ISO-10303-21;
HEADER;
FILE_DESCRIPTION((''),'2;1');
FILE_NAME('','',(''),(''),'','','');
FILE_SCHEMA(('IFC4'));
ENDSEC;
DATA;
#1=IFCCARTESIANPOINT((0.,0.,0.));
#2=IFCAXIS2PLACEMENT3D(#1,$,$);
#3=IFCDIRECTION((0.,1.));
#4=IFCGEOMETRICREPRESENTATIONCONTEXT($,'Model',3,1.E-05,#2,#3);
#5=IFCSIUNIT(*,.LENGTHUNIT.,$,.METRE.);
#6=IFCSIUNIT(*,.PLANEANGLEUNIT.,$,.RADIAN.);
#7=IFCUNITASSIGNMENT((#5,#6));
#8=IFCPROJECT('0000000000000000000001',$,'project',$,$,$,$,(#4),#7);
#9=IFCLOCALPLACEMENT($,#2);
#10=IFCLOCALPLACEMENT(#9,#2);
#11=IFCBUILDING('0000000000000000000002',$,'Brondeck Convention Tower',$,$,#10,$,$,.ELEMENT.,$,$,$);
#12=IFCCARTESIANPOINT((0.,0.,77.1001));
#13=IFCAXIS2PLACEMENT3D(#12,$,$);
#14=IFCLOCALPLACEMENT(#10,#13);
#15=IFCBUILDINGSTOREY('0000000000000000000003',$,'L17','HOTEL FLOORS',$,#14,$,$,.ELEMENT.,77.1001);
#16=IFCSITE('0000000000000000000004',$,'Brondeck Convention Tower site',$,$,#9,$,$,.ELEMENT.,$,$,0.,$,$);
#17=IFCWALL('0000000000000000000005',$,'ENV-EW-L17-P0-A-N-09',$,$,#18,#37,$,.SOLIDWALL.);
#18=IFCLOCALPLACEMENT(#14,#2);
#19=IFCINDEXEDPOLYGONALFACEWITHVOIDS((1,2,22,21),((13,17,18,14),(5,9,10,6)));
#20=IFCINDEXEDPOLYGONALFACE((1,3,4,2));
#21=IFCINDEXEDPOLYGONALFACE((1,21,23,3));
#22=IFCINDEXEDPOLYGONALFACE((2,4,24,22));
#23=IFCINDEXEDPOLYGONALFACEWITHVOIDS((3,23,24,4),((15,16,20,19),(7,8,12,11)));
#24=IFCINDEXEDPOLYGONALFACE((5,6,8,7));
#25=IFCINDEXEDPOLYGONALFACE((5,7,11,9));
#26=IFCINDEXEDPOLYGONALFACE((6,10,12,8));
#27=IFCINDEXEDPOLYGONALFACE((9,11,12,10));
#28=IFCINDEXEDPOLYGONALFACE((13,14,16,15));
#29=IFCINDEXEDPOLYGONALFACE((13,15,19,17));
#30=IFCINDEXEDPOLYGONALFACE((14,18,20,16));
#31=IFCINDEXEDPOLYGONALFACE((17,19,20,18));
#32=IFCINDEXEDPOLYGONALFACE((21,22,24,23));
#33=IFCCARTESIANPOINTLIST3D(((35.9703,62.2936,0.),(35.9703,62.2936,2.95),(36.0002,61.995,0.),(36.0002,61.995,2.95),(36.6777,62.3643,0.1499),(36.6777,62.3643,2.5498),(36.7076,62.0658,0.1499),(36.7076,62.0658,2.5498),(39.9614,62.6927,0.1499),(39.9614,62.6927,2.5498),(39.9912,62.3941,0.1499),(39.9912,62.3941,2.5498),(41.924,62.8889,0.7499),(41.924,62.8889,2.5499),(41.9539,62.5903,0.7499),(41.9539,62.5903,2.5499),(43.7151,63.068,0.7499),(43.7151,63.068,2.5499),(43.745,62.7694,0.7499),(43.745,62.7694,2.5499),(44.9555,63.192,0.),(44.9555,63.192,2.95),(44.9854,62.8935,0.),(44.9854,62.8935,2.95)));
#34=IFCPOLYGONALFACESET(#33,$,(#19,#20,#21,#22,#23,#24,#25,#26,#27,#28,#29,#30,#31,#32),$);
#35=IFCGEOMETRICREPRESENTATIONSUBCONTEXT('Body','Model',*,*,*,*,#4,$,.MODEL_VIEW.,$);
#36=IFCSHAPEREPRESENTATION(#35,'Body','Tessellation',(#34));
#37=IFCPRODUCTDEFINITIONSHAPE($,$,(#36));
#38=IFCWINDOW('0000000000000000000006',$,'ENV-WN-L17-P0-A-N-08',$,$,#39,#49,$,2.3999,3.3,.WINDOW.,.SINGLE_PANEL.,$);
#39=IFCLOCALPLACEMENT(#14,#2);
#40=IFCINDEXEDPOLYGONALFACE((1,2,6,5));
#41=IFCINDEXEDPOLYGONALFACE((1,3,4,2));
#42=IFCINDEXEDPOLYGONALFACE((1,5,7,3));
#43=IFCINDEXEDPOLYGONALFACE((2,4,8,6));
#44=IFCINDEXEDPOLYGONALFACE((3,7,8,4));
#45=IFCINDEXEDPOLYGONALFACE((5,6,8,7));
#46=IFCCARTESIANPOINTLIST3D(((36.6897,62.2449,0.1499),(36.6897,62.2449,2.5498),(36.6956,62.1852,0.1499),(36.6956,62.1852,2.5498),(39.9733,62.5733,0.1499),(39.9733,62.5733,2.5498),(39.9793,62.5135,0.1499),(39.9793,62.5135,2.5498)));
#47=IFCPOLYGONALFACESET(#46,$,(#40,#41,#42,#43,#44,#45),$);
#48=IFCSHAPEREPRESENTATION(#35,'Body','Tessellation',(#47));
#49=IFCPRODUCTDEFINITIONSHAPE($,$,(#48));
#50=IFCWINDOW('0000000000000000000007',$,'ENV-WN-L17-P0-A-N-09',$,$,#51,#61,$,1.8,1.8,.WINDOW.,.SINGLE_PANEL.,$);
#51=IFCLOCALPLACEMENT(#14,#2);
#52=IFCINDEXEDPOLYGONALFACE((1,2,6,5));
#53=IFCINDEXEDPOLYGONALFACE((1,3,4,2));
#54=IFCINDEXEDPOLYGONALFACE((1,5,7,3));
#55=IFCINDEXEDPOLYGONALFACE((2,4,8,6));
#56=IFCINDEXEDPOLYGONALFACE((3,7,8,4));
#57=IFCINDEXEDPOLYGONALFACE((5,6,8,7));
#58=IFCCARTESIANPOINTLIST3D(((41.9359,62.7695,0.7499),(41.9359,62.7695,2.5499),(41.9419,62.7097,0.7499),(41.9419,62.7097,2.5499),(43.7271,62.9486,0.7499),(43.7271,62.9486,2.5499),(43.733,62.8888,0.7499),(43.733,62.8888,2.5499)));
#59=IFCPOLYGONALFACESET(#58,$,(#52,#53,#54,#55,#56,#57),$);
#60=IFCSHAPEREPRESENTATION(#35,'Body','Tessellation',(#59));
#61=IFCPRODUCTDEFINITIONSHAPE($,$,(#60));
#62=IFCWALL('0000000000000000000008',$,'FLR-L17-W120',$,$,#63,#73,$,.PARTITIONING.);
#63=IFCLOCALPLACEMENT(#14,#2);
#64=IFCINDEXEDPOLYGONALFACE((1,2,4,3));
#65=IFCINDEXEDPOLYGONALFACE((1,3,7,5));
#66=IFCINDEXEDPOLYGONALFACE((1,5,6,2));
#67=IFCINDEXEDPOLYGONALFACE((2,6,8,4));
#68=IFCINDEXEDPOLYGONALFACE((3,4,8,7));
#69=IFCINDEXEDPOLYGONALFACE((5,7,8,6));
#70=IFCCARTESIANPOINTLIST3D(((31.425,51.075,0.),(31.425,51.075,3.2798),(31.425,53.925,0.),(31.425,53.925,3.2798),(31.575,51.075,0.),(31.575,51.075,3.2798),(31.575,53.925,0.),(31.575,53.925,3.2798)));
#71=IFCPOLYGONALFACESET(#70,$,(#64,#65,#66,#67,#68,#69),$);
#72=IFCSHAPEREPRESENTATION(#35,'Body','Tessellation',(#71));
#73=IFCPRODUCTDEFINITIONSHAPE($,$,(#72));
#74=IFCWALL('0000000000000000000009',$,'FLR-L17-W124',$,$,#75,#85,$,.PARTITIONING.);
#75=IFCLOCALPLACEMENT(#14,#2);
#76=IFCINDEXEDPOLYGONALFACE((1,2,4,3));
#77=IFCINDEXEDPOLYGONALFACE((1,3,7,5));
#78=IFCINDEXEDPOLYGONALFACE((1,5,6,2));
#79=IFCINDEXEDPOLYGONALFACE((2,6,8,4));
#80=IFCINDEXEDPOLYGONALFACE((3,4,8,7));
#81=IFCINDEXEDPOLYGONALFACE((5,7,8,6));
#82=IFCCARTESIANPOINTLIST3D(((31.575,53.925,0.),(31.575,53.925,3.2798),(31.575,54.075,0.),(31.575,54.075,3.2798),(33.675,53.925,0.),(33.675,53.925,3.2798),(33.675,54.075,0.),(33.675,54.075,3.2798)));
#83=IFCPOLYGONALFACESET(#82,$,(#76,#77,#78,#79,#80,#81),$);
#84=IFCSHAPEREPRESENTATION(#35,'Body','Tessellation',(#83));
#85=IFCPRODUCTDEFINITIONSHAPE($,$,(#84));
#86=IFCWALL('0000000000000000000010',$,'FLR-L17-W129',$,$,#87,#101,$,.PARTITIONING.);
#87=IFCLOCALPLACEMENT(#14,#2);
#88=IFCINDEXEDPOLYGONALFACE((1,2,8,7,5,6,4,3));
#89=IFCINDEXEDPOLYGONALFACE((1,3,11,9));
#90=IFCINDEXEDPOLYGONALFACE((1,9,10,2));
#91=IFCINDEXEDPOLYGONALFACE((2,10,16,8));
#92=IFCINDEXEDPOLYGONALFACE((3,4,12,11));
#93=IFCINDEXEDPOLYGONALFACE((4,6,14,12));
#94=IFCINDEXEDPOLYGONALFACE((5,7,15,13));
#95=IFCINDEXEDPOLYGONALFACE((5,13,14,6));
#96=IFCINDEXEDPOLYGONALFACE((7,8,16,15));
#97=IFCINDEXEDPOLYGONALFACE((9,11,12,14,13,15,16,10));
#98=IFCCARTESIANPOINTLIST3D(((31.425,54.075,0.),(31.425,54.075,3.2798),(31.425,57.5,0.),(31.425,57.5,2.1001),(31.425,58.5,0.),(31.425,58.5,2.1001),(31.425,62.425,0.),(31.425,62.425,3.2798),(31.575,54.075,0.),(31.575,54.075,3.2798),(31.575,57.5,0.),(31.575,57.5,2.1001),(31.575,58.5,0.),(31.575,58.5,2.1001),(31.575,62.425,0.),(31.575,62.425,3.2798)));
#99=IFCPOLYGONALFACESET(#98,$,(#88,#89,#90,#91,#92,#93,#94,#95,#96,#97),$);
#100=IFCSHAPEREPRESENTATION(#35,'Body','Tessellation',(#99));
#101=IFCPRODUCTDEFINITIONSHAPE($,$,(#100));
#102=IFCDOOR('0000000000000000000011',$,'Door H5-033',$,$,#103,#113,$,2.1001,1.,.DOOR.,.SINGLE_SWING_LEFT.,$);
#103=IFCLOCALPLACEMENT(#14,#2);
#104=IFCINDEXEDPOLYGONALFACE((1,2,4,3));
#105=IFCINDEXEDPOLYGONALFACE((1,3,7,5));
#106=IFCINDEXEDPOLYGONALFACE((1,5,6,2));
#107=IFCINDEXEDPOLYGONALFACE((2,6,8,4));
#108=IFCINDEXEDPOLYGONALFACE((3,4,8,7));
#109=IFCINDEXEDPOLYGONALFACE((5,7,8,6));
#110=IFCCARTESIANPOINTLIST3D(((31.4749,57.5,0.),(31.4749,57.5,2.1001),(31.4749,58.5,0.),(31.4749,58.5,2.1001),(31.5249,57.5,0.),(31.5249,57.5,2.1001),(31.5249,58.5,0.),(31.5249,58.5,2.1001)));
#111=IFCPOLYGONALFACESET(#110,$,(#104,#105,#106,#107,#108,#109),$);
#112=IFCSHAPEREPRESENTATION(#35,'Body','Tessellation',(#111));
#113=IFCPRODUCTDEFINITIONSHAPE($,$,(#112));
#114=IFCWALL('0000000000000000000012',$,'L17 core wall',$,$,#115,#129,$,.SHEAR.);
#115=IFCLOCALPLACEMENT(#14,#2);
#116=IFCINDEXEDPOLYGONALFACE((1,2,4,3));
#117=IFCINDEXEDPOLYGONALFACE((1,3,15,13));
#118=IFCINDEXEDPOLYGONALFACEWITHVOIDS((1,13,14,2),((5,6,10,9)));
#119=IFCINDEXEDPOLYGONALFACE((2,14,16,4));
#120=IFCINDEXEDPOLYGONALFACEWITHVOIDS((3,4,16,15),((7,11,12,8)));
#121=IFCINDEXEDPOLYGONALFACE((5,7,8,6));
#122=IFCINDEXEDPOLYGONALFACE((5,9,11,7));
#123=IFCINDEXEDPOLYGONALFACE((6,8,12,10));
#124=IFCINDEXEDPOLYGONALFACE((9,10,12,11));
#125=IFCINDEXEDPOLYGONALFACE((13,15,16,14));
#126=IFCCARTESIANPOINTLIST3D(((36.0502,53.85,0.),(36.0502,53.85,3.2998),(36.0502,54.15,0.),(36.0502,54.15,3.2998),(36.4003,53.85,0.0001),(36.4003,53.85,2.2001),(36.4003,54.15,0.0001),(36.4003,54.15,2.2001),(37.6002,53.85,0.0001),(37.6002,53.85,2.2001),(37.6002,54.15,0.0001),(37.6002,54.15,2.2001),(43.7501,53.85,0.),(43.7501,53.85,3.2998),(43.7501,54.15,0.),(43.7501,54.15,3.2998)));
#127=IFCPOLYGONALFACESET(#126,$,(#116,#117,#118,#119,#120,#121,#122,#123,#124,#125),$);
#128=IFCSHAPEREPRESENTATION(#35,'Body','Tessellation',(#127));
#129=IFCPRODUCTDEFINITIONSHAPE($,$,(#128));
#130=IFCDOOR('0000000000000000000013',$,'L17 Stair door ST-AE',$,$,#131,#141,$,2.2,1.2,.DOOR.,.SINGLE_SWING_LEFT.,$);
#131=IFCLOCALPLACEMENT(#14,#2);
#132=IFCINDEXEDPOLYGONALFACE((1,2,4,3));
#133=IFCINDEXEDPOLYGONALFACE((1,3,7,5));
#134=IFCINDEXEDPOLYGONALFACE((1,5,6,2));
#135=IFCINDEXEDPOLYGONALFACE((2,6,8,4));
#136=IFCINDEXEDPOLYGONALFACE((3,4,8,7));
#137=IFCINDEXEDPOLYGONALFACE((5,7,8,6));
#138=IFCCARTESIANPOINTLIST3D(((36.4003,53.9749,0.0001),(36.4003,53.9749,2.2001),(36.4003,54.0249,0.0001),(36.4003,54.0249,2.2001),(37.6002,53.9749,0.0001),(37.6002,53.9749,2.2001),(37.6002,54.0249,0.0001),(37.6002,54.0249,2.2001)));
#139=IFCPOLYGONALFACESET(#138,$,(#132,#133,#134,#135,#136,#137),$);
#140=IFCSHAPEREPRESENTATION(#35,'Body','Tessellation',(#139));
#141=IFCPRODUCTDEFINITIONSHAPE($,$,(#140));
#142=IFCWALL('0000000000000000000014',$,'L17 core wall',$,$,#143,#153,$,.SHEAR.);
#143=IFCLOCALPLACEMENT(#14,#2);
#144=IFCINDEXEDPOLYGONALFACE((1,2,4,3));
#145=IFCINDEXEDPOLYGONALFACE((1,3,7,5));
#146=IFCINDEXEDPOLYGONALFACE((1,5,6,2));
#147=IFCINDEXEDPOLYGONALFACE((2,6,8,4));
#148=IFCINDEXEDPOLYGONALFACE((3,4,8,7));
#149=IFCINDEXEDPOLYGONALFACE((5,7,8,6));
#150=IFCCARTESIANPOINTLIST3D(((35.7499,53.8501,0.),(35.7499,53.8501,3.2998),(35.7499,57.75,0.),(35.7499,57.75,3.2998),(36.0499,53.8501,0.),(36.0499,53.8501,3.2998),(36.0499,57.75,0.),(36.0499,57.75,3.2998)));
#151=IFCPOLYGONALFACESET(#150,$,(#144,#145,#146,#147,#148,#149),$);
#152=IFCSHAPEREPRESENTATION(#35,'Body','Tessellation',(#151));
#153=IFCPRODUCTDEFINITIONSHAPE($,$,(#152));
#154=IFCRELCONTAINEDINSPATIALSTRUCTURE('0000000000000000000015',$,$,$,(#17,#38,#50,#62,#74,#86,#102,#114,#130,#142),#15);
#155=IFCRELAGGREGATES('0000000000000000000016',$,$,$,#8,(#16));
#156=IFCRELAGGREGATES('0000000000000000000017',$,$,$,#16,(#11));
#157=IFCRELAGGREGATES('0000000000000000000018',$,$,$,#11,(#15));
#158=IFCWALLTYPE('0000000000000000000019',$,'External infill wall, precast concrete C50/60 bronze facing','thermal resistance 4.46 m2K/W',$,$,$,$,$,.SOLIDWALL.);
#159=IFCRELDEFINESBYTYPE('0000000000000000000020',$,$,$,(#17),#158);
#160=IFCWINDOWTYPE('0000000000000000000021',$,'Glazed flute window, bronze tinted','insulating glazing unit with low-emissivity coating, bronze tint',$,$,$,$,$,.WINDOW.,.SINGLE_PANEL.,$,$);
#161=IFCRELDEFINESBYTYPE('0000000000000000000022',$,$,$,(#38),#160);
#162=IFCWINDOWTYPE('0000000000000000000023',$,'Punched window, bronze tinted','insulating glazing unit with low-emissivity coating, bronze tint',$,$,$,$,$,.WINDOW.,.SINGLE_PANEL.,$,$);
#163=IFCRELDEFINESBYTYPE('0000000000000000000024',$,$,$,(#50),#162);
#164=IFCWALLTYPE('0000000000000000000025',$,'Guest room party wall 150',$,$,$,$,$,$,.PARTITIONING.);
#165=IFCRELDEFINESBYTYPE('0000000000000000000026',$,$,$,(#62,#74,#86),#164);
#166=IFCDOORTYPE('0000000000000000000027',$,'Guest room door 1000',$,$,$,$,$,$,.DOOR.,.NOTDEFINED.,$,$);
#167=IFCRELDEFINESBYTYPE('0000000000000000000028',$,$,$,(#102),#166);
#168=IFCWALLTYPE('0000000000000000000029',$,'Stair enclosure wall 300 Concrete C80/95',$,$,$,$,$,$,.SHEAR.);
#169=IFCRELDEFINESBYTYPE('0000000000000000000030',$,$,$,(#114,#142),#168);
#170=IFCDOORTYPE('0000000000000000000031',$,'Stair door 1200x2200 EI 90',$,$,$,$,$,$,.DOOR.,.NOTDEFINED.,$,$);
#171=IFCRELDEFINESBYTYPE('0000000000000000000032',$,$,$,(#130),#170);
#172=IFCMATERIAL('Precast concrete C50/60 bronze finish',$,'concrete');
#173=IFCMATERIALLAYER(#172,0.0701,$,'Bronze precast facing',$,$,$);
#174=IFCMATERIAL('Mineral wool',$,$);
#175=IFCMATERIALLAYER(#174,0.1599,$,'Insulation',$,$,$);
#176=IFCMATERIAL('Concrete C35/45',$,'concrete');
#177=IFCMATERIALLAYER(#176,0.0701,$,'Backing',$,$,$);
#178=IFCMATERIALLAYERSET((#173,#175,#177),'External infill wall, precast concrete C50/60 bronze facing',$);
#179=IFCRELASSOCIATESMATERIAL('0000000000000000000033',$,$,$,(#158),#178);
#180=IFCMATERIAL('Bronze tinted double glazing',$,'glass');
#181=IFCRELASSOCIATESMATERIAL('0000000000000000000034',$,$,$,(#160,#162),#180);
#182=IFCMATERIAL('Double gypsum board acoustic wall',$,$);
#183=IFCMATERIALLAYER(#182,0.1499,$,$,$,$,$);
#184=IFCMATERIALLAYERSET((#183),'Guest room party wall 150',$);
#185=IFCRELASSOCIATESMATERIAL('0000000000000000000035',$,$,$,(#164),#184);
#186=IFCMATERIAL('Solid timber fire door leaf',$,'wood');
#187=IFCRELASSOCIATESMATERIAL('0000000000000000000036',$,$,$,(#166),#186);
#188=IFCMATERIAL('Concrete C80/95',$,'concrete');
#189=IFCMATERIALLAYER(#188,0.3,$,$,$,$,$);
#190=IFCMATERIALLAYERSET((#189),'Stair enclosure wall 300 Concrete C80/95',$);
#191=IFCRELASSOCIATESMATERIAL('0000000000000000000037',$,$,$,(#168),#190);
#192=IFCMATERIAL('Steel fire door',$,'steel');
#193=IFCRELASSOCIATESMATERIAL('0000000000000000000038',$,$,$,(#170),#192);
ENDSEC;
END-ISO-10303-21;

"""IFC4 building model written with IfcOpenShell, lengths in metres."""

from ifc_helpers import new_model, si_unit, direction, frame, frame_2d, origin, place, context, subcontext, project, spatial, rectangle, extrude, material, layer, layer_set, type_object, element, fill, save


model = new_model("IFC4")

# Units and contexts
model_context = context("Model", 3, precision=1e-05, world=origin(), true_north=direction((0.0, 1.0)))
body_context = subcontext(model_context, "Body", "Model", "MODEL_VIEW")
ifc_project = project(units=[si_unit("LENGTHUNIT", "METRE"), si_unit("PLANEANGLEUNIT", "RADIAN")], contexts=[model_context])

# Site, building, storey
site_placement = place(None, origin())
site = spatial("IfcSite", under=ifc_project, at=site_placement, Name="Brondeck Convention Tower site", CompositionType="ELEMENT", RefElevation=0.0)
building_placement = place(site_placement, origin())
building = spatial("IfcBuilding", under=site, at=building_placement, Name="Brondeck Convention Tower", CompositionType="ELEMENT")
storey_placement = place(building_placement, frame((0.0, 0.0, 77.1001)))
storey = spatial("IfcBuildingStorey", under=building, at=storey_placement, Name="L17", Description="HOTEL FLOORS", CompositionType="ELEMENT", Elevation=77.1001)

# Shared definitions
ifc_material_1 = material(Name="Concrete C80/95", Category="concrete")

# Wall, openings, windows
ifc_material_2 = material(Name="Precast concrete C50/60 bronze finish", Category="concrete")
ifc_layer_1 = layer(ifc_material_2, 0.0701, Name="Bronze precast facing")
ifc_material_3 = material(Name="Mineral wool")
ifc_layer_2 = layer(ifc_material_3, 0.1599, Name="Insulation")
ifc_material_4 = material(Name="Concrete C35/45", Category="concrete")
ifc_layer_3 = layer(ifc_material_4, 0.0701, Name="Backing")
ifc_layer_set_1 = layer_set([ifc_layer_1, ifc_layer_2, ifc_layer_3], Name="External infill wall, precast concrete C50/60 bronze facing")
wall_type_1 = type_object("IfcWallType", Name="External infill wall, precast concrete C50/60 bronze facing", Description="thermal resistance 4.46 m2K/W", PredefinedType="SOLIDWALL", material=ifc_layer_set_1)
wall_1_placement = place(storey_placement, frame((35.9851, 62.1443, 0.0), z_axis=(0.0, 0.0, 1.0), x_axis=(0.995038, 0.099496, 0.0)))
wall_1 = element("IfcWall", 1, at=wall_1_placement, inside=storey, type_object=wall_type_1, Name="ENV-EW-L17-P0-A-N-09", PredefinedType="SOLIDWALL", context=body_context, shape_type="SweptSolid", body=[
    extrude(rectangle(XDim=9.03, YDim=0.3, at=frame_2d((4.5151, 0.0))), origin(), (0.0, 0.0, 1.0), 2.95),
])
opening_1_placement = place(wall_1_placement, frame((0.7112, 0.0, 0.1499)))
opening_1 = element("IfcOpeningElement", 2, at=opening_1_placement, cuts=wall_1, PredefinedType="OPENING", context=body_context, shape_type="SweptSolid", body=[
    extrude(rectangle(XDim=3.3, YDim=2.3999, at=frame_2d((1.6499, 1.2))), frame((0.0, 0.1599, 0.0), z_axis=(0.0, -1.0, 0.0), x_axis=(1.0, 0.0, 0.0)), (0.0, 0.0, 1.0), 0.3201),
])
opening_2_placement = place(wall_1_placement, frame((5.9836, 0.0, 0.75)))
opening_2 = element("IfcOpeningElement", 3, at=opening_2_placement, cuts=wall_1, PredefinedType="OPENING", context=body_context, shape_type="SweptSolid", body=[
    extrude(rectangle(XDim=1.8, YDim=1.8, at=frame_2d((0.8999, 0.8999))), frame((0.0, 0.1599, 0.0), z_axis=(0.0, -1.0, 0.0), x_axis=(1.0, 0.0, 0.0)), (0.0, 0.0, 1.0), 0.3201),
])
ifc_material_5 = material(Name="Bronze tinted double glazing", Category="glass")
window_type_1 = type_object("IfcWindowType", Name="Glazed flute window, bronze tinted", Description="insulating glazing unit with low-emissivity coating, bronze tint", PartitioningType="SINGLE_PANEL", PredefinedType="WINDOW", material=ifc_material_5)
window_1_placement = place(opening_1_placement, origin())
window_1 = element("IfcWindow", 4, at=window_1_placement, inside=storey, type_object=window_type_1, Name="ENV-WN-L17-P0-A-N-08", OverallHeight=2.3999, OverallWidth=3.3, PartitioningType="SINGLE_PANEL", PredefinedType="WINDOW", context=body_context, shape_type="SweptSolid", body=[
    extrude(rectangle(XDim=3.3, YDim=2.3999, at=frame_2d((1.6499, 1.2))), frame((0.0, 0.03, 0.0), z_axis=(0.0, -1.0, 0.0), x_axis=(1.0, 0.0, 0.0)), (0.0, 0.0, 1.0), 0.0601),
])
fill(opening_1, window_1)
window_type_2 = type_object("IfcWindowType", Name="Punched window, bronze tinted", Description="insulating glazing unit with low-emissivity coating, bronze tint", PartitioningType="SINGLE_PANEL", PredefinedType="WINDOW", material=ifc_material_5)
window_2_placement = place(opening_2_placement, origin())
window_2 = element("IfcWindow", 5, at=window_2_placement, inside=storey, type_object=window_type_2, Name="ENV-WN-L17-P0-A-N-09", OverallHeight=1.8, OverallWidth=1.8, PartitioningType="SINGLE_PANEL", PredefinedType="WINDOW", context=body_context, shape_type="SweptSolid", body=[
    extrude(rectangle(XDim=1.8, YDim=1.8, at=frame_2d((0.8999, 0.8999))), frame((0.0, 0.03, 0.0), z_axis=(0.0, -1.0, 0.0), x_axis=(1.0, 0.0, 0.0)), (0.0, 0.0, 1.0), 0.0601),
])
fill(opening_2, window_2)

# Walls
ifc_material_6 = material(Name="Double gypsum board acoustic wall")
ifc_layer_4 = layer(ifc_material_6, 0.1499)
ifc_layer_set_2 = layer_set([ifc_layer_4], Name="Guest room party wall 150")
wall_type_2 = type_object("IfcWallType", Name="Guest room party wall 150", PredefinedType="PARTITIONING", material=ifc_layer_set_2)
wall_2_placement = place(storey_placement, frame((31.5, 53.925, 0.0), z_axis=(0.0, 0.0, 1.0), x_axis=(0.0, -1.0, 0.0)))
element("IfcWall", 6, at=wall_2_placement, inside=storey, type_object=wall_type_2, Name="FLR-L17-W120", PredefinedType="PARTITIONING", context=body_context, shape_type="SweptSolid", body=[
    extrude(rectangle(XDim=2.8501, YDim=0.1499, at=frame_2d((1.425, 0.0))), origin(), (0.0, 0.0, 1.0), 3.2798),
])
wall_3_placement = place(storey_placement, frame((33.675, 54.0, 0.0), z_axis=(0.0, 0.0, 1.0), x_axis=(-1.0, 0.0, 0.0)))
element("IfcWall", 7, at=wall_3_placement, inside=storey, type_object=wall_type_2, Name="FLR-L17-W124", PredefinedType="PARTITIONING", context=body_context, shape_type="SweptSolid", body=[
    extrude(rectangle(XDim=2.1001, YDim=0.1499, at=frame_2d((1.05, 0.0))), origin(), (0.0, 0.0, 1.0), 3.2798),
])

# Walls, openings, doors
wall_4_placement = place(storey_placement, frame((31.5, 62.425, 0.0), z_axis=(0.0, 0.0, 1.0), x_axis=(0.0, -1.0, 0.0)))
wall_4 = element("IfcWall", 8, at=wall_4_placement, inside=storey, type_object=wall_type_2, Name="FLR-L17-W129", PredefinedType="PARTITIONING", context=body_context, shape_type="SweptSolid", body=[
    extrude(rectangle(XDim=8.3501, YDim=0.1499, at=frame_2d((4.175, 0.0))), origin(), (0.0, 0.0, 1.0), 3.2798),
])
opening_3_placement = place(wall_4_placement, frame((3.925, 0.0, 0.0)))
opening_3 = element("IfcOpeningElement", 9, at=opening_3_placement, cuts=wall_4, PredefinedType="OPENING", context=body_context, shape_type="SweptSolid", body=[
    extrude(rectangle(XDim=1.0, YDim=2.1001, at=frame_2d((0.5, 1.05))), frame((0.0, 0.085, 0.0), z_axis=(0.0, -1.0, 0.0), x_axis=(1.0, 0.0, 0.0)), (0.0, 0.0, 1.0), 0.1699),
])
ifc_material_7 = material(Name="Solid timber fire door leaf", Category="wood")
door_type_1 = type_object("IfcDoorType", Name="Guest room door 1000", OperationType="NOTDEFINED", PredefinedType="DOOR", material=ifc_material_7)
door_1_placement = place(opening_3_placement, origin())
door_1 = element("IfcDoor", 10, at=door_1_placement, inside=storey, type_object=door_type_1, Name="Door H5-033", OperationType="SINGLE_SWING_LEFT", OverallHeight=2.1001, OverallWidth=1.0, PredefinedType="DOOR", context=body_context, shape_type="SweptSolid", body=[
    extrude(rectangle(XDim=1.0, YDim=2.1001, at=frame_2d((0.5, 1.05))), frame((0.0, 0.0249, 0.0), z_axis=(0.0, -1.0, 0.0), x_axis=(1.0, 0.0, 0.0)), (0.0, 0.0, 1.0), 0.05),
])
fill(opening_3, door_1)
ifc_layer_5 = layer(ifc_material_1, 0.3)
ifc_layer_set_3 = layer_set([ifc_layer_5], Name="Stair enclosure wall 300 Concrete C80/95")
wall_type_3 = type_object("IfcWallType", Name="Stair enclosure wall 300 Concrete C80/95", PredefinedType="SHEAR", material=ifc_layer_set_3)
wall_5_placement = place(storey_placement, frame((36.05, 54.0, 0.0), z_axis=(0.0, 0.0, 1.0), x_axis=(1.0, 0.0, 0.0)))
wall_5 = element("IfcWall", 11, at=wall_5_placement, inside=storey, type_object=wall_type_3, Name="L17 core wall", PredefinedType="SHEAR", context=body_context, shape_type="SweptSolid", body=[
    extrude(rectangle(XDim=7.7, YDim=0.3, at=frame_2d((3.8501, 0.0))), origin(), (0.0, 0.0, 1.0), 3.2998),
])
opening_4_placement = place(wall_5_placement, frame((0.3501, 0.0, 0.0)))
opening_4 = element("IfcOpeningElement", 12, at=opening_4_placement, cuts=wall_5, PredefinedType="OPENING", context=body_context, shape_type="SweptSolid", body=[
    extrude(rectangle(XDim=1.2, YDim=2.2, at=frame_2d((0.6001, 1.1001))), frame((0.0, 0.1599, 0.0), z_axis=(0.0, -1.0, 0.0), x_axis=(1.0, 0.0, 0.0)), (0.0, 0.0, 1.0), 0.3201),
])
ifc_material_8 = material(Name="Steel fire door", Category="steel")
door_type_2 = type_object("IfcDoorType", Name="Stair door 1200x2200 EI 90", OperationType="NOTDEFINED", PredefinedType="DOOR", material=ifc_material_8)
door_2_placement = place(opening_4_placement, origin())
door_2 = element("IfcDoor", 13, at=door_2_placement, inside=storey, type_object=door_type_2, Name="L17 Stair door ST-AE", OperationType="SINGLE_SWING_LEFT", OverallHeight=2.2, OverallWidth=1.2, PredefinedType="DOOR", context=body_context, shape_type="SweptSolid", body=[
    extrude(rectangle(XDim=1.2, YDim=2.2, at=frame_2d((0.6001, 1.1001))), frame((0.0, 0.0249, 0.0), z_axis=(0.0, -1.0, 0.0), x_axis=(1.0, 0.0, 0.0)), (0.0, 0.0, 1.0), 0.05),
])
fill(opening_4, door_2)

# Wall
wall_6_placement = place(storey_placement, frame((35.8999, 53.8501, 0.0), z_axis=(0.0, 0.0, 1.0), x_axis=(0.0, 1.0, 0.0)))
element("IfcWall", 14, at=wall_6_placement, inside=storey, type_object=wall_type_3, Name="L17 core wall", PredefinedType="SHEAR", context=body_context, shape_type="SweptSolid", body=[
    extrude(rectangle(XDim=3.8999, YDim=0.3, at=frame_2d((1.95, 0.0))), origin(), (0.0, 0.0, 1.0), 3.2998),
])

save(model, "model.ifc")
